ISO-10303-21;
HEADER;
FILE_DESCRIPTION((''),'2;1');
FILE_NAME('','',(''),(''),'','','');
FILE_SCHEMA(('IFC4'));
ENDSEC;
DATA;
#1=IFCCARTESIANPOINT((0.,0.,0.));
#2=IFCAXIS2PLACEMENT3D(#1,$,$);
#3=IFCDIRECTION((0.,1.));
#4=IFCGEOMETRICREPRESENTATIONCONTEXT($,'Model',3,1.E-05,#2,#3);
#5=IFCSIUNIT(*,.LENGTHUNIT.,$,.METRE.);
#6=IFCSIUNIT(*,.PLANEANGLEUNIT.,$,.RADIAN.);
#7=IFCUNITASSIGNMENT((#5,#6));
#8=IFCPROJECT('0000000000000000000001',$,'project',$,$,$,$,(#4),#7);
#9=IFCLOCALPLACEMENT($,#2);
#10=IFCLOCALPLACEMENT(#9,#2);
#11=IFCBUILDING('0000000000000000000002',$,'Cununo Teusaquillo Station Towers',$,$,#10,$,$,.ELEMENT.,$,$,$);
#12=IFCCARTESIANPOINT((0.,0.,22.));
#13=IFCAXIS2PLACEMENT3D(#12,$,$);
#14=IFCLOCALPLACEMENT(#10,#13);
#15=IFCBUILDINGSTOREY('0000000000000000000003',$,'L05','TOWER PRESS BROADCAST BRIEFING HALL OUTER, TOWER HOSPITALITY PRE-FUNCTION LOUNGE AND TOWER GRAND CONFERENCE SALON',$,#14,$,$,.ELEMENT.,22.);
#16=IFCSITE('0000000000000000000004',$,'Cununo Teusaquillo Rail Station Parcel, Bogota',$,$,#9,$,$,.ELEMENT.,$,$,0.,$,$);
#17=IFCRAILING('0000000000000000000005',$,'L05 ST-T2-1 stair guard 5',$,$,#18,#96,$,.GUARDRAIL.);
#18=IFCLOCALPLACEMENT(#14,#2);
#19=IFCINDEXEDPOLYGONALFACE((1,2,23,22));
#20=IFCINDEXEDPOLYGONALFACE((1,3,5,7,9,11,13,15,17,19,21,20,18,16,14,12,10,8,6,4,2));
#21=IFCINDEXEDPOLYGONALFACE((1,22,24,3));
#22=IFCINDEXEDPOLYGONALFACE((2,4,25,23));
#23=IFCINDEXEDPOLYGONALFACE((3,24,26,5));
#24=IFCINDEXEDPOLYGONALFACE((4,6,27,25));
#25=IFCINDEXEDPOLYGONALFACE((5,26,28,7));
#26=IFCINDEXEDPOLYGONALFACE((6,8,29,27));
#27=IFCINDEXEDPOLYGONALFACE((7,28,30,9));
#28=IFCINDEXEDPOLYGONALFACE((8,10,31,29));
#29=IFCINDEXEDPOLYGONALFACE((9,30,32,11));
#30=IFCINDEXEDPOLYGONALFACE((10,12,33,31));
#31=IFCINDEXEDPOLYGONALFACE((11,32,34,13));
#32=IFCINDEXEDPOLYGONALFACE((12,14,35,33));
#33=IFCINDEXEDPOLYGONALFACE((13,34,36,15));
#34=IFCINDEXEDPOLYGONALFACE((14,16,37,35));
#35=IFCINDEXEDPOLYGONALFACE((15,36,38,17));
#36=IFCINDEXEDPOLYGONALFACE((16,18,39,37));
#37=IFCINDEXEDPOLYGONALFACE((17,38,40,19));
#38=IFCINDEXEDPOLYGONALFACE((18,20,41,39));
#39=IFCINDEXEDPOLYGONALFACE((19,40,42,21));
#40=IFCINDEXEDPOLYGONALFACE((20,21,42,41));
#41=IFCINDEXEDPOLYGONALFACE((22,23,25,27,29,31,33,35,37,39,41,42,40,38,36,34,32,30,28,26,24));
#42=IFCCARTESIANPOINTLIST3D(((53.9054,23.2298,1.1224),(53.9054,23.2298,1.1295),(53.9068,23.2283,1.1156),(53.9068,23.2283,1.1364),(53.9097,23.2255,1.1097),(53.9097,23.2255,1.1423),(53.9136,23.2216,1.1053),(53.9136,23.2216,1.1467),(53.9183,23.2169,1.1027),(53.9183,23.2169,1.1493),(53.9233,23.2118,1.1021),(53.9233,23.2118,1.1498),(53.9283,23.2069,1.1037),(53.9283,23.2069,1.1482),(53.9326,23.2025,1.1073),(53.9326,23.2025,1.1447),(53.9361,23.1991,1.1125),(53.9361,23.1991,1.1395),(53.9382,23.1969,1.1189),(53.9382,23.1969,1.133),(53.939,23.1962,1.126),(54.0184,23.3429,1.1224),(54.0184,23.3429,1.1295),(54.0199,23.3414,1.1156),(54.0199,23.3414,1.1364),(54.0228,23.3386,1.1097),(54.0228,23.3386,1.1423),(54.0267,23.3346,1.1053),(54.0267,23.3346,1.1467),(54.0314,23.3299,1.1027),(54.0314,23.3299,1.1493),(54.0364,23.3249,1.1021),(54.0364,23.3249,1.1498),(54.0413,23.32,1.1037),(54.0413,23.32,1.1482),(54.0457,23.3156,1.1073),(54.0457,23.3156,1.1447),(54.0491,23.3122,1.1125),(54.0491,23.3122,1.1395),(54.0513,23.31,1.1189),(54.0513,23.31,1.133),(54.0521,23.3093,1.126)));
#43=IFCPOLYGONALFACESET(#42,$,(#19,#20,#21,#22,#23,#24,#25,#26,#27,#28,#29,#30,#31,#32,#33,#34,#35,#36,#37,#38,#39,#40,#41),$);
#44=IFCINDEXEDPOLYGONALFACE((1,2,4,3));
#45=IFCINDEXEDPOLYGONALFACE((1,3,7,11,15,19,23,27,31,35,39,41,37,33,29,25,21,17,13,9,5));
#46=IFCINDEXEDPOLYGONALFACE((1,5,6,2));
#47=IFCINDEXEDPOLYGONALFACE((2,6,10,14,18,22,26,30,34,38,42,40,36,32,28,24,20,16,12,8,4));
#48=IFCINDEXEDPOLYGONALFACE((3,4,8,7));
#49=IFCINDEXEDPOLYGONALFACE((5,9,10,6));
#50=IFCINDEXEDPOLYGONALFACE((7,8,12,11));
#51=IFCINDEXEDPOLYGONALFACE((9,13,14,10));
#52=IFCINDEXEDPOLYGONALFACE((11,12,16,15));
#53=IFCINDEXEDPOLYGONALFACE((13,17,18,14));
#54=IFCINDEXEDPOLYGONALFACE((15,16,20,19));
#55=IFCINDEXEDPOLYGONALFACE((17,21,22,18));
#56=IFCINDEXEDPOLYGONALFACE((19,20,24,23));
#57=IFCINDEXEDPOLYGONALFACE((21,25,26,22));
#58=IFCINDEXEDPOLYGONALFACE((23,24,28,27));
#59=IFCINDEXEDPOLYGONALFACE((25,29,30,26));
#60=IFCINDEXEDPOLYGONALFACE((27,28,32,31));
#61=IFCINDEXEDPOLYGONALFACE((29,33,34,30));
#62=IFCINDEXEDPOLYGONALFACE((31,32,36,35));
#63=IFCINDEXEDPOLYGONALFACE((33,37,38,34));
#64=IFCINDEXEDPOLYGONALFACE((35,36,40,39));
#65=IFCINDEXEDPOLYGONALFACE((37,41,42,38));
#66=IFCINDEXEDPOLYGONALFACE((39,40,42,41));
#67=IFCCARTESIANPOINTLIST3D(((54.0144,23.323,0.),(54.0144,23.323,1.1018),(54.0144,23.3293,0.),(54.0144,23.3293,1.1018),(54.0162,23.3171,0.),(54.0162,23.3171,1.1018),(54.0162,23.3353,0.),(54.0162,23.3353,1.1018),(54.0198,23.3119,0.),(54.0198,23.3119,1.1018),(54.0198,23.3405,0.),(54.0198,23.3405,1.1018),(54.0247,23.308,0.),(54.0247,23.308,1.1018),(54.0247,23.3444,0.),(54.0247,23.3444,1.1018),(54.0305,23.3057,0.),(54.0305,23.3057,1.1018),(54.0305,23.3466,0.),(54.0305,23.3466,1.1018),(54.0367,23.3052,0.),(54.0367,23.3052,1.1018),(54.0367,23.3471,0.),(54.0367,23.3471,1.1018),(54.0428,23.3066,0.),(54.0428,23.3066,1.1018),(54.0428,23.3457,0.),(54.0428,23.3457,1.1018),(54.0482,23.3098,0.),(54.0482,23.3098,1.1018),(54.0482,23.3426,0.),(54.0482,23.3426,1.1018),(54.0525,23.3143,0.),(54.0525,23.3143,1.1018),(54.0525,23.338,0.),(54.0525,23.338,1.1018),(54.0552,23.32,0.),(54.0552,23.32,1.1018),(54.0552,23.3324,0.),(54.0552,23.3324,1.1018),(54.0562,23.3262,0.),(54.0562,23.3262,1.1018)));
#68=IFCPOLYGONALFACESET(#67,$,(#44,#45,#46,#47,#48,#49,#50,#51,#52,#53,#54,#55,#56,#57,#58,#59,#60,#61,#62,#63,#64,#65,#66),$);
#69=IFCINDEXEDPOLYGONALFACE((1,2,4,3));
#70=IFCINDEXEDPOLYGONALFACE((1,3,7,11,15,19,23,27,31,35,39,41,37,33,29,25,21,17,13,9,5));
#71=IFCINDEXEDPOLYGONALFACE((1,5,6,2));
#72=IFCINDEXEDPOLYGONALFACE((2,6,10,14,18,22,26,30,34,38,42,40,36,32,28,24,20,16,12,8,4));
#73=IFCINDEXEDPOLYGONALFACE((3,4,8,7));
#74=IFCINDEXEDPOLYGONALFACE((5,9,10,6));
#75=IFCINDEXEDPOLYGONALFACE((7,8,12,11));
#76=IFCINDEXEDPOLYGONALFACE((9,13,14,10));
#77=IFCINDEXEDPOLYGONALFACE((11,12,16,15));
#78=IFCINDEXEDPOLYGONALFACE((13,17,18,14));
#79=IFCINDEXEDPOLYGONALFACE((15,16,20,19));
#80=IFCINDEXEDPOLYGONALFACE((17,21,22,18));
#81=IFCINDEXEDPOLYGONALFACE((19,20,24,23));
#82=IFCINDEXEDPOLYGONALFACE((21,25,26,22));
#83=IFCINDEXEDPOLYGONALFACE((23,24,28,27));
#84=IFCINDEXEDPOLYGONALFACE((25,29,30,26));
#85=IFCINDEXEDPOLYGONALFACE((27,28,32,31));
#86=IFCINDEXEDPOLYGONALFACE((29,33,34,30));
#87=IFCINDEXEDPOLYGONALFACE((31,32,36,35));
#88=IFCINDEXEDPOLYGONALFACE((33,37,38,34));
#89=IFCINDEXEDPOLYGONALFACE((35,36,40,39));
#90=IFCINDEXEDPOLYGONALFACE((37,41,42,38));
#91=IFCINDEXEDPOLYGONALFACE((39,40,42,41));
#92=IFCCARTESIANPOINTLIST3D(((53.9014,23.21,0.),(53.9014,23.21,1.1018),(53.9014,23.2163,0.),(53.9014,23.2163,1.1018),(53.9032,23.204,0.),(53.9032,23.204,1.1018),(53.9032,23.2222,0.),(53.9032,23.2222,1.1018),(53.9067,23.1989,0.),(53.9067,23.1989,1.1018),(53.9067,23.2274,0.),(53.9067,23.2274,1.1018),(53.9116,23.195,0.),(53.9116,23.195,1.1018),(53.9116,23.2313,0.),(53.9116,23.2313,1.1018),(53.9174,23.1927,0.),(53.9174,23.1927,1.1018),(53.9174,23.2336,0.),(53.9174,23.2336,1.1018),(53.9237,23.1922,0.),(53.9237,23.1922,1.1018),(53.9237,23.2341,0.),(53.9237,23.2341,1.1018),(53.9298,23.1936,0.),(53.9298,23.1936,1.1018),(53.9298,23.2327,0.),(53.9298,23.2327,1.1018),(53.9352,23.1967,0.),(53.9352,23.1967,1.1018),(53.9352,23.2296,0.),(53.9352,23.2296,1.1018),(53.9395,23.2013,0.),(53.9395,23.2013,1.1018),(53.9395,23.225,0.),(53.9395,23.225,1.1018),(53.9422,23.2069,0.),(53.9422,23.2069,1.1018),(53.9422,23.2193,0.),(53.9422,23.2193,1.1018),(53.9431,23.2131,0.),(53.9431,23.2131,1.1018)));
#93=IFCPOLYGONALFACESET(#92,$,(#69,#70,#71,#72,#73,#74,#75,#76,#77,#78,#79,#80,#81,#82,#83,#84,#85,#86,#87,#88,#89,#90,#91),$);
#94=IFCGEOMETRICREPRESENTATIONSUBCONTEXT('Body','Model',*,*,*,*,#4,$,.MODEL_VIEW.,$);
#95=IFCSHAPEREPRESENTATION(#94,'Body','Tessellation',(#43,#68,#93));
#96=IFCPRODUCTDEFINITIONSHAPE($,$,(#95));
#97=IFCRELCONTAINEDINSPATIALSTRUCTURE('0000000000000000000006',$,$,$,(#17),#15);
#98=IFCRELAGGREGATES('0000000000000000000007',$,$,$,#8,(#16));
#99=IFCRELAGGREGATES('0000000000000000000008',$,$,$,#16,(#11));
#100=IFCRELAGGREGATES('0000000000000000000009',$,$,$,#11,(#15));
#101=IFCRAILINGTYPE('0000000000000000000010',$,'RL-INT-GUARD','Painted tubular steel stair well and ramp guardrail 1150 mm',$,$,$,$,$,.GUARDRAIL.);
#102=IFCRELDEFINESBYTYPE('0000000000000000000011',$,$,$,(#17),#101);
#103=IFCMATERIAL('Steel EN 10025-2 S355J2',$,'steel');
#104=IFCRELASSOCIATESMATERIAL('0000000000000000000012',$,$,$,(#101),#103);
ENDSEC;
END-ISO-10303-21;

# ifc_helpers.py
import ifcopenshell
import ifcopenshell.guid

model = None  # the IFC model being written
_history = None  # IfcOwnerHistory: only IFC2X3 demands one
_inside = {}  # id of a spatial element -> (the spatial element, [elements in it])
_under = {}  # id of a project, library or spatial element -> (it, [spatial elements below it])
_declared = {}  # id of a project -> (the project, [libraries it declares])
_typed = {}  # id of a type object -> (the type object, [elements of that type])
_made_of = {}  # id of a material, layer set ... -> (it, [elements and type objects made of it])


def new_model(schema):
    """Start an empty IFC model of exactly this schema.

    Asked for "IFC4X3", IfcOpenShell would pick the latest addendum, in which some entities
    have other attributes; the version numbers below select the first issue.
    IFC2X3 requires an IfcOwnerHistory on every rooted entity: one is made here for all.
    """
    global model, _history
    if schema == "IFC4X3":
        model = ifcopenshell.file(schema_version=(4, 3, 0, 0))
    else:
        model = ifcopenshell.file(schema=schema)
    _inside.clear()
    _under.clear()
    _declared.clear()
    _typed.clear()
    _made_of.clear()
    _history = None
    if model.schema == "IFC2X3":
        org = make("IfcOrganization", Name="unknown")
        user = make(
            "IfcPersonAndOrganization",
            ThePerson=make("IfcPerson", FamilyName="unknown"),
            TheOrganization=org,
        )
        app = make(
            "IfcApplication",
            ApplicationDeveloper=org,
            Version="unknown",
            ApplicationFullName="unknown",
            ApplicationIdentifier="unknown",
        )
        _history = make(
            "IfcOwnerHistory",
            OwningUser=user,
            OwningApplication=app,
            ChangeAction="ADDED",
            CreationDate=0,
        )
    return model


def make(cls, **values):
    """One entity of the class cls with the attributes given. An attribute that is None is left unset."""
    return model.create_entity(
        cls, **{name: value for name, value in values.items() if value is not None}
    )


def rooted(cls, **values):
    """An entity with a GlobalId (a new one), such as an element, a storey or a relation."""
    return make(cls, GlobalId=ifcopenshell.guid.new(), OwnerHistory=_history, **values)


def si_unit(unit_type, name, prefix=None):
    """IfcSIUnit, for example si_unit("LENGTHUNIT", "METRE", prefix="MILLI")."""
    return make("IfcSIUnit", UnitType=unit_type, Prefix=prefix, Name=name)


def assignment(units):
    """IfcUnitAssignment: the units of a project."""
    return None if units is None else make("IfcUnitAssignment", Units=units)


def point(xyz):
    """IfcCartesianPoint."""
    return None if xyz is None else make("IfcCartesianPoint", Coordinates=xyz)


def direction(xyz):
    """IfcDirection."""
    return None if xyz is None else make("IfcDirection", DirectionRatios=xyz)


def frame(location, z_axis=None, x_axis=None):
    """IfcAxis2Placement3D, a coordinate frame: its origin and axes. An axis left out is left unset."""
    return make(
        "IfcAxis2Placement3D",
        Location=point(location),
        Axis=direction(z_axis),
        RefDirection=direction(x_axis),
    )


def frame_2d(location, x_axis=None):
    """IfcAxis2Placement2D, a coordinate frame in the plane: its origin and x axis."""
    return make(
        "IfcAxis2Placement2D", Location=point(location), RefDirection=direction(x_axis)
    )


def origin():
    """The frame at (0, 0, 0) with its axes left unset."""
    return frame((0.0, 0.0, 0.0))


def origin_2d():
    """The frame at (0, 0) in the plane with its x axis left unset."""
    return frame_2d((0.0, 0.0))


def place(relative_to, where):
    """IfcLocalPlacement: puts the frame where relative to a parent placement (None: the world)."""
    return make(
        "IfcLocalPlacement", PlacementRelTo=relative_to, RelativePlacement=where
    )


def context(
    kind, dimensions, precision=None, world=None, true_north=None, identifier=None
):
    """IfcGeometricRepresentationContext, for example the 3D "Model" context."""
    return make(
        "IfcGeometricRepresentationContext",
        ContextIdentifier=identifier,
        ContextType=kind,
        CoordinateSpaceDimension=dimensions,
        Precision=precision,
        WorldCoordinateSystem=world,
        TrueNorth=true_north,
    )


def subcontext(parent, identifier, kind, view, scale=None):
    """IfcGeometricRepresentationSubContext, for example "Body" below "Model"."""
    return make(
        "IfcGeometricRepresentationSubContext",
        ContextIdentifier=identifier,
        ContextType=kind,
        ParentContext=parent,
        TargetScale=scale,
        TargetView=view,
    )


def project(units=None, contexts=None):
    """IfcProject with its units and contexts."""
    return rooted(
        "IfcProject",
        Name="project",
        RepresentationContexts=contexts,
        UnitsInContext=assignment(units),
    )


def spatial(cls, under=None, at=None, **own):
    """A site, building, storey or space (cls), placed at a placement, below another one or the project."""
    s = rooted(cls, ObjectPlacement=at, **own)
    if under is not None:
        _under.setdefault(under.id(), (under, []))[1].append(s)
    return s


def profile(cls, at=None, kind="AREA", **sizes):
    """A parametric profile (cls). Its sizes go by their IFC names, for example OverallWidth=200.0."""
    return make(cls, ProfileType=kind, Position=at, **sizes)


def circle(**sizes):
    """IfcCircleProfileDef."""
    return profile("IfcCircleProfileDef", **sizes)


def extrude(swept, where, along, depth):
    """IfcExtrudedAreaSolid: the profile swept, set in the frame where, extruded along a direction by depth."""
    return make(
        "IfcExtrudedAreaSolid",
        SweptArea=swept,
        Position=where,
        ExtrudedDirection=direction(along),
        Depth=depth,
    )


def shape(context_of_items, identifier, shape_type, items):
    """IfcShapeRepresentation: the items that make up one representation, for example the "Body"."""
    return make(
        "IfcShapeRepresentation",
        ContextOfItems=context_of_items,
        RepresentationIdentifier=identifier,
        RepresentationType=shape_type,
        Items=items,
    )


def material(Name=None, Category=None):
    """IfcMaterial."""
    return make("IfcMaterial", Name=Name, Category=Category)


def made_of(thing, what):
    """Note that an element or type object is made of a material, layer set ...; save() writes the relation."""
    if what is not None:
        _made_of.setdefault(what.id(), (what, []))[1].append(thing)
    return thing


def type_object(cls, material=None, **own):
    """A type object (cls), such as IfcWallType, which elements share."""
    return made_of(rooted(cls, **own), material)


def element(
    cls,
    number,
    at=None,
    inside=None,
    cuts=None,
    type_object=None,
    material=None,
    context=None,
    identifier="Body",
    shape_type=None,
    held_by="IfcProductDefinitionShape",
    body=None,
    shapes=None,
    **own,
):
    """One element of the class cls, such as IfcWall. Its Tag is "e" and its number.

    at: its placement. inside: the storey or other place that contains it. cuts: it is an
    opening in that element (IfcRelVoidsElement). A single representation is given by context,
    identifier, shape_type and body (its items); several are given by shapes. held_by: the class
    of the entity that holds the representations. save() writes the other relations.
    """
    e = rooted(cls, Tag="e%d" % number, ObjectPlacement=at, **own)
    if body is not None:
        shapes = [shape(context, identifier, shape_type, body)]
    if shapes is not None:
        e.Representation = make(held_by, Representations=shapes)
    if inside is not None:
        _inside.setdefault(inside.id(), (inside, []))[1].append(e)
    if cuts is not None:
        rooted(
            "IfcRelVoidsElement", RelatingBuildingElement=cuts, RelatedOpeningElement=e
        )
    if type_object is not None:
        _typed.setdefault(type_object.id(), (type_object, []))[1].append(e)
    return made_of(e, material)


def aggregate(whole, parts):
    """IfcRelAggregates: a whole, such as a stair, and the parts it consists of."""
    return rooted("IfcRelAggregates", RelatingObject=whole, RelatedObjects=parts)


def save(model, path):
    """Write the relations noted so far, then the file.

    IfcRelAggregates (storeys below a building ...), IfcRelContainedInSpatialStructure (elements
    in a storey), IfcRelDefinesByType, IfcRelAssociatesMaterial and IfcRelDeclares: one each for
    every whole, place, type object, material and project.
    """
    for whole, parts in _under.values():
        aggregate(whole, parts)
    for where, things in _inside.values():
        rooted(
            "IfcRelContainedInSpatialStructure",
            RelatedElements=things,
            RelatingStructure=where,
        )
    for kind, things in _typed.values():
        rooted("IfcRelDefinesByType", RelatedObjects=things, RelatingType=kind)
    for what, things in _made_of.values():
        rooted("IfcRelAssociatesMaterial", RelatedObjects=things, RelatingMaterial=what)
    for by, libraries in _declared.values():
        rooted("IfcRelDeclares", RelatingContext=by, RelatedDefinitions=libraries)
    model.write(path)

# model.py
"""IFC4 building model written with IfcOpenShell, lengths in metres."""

from ifc_helpers import new_model, si_unit, direction, frame, origin, origin_2d, place, context, subcontext, project, spatial, circle, extrude, material, type_object, element, save


model = new_model("IFC4")

# Units and contexts
model_context = context("Model", 3, precision=1e-05, world=origin(), true_north=direction((0.0, 1.0)))
body_context = subcontext(model_context, "Body", "Model", "MODEL_VIEW")
ifc_project = project(units=[si_unit("LENGTHUNIT", "METRE"), si_unit("PLANEANGLEUNIT", "RADIAN")], contexts=[model_context])

# Site, building, storey
site_placement = place(None, origin())
site = spatial("IfcSite", under=ifc_project, at=site_placement, Name="Cununo Teusaquillo Rail Station Parcel, Bogota", CompositionType="ELEMENT", RefElevation=0.0)
building_placement = place(site_placement, origin())
building = spatial("IfcBuilding", under=site, at=building_placement, Name="Cununo Teusaquillo Station Towers", CompositionType="ELEMENT")
storey_placement = place(building_placement, frame((0.0, 0.0, 22.0)))
storey = spatial("IfcBuildingStorey", under=building, at=storey_placement, Name="L05", Description="TOWER PRESS BROADCAST BRIEFING HALL OUTER, TOWER HOSPITALITY PRE-FUNCTION LOUNGE AND TOWER GRAND CONFERENCE SALON", CompositionType="ELEMENT", Elevation=22.0)

# Railing
ifc_material_1 = material(Name="Steel EN 10025-2 S355J2", Category="steel")
railing_type_1 = type_object("IfcRailingType", Name="RL-INT-GUARD", Description="Painted tubular steel stair well and ramp guardrail 1150 mm", PredefinedType="GUARDRAIL", material=ifc_material_1)
railing_1_placement = place(storey_placement, frame((54.0352, 23.3262, 0.0)))
element("IfcRailing", 1, at=railing_1_placement, inside=storey, type_object=railing_type_1, Name="L05 ST-T2-1 stair guard 5", PredefinedType="GUARDRAIL", context=body_context, shape_type="SweptSolid", body=[
    extrude(circle(Radius=0.0239, at=origin_2d()), frame((0.0, 0.0, 1.126), z_axis=(-0.707107, -0.707107, 0.0), x_axis=(0.707107, -0.707107, 0.0)), (0.0, 0.0, 1.0), 0.1599),
    extrude(circle(Radius=0.021, at=origin_2d()), origin(), (0.0, 0.0, 1.0), 1.1018),
    extrude(circle(Radius=0.021, at=origin_2d()), frame((-0.113, -0.113, 0.0)), (0.0, 0.0, 1.0), 1.1018),
])

save(model, "model.ifc")
